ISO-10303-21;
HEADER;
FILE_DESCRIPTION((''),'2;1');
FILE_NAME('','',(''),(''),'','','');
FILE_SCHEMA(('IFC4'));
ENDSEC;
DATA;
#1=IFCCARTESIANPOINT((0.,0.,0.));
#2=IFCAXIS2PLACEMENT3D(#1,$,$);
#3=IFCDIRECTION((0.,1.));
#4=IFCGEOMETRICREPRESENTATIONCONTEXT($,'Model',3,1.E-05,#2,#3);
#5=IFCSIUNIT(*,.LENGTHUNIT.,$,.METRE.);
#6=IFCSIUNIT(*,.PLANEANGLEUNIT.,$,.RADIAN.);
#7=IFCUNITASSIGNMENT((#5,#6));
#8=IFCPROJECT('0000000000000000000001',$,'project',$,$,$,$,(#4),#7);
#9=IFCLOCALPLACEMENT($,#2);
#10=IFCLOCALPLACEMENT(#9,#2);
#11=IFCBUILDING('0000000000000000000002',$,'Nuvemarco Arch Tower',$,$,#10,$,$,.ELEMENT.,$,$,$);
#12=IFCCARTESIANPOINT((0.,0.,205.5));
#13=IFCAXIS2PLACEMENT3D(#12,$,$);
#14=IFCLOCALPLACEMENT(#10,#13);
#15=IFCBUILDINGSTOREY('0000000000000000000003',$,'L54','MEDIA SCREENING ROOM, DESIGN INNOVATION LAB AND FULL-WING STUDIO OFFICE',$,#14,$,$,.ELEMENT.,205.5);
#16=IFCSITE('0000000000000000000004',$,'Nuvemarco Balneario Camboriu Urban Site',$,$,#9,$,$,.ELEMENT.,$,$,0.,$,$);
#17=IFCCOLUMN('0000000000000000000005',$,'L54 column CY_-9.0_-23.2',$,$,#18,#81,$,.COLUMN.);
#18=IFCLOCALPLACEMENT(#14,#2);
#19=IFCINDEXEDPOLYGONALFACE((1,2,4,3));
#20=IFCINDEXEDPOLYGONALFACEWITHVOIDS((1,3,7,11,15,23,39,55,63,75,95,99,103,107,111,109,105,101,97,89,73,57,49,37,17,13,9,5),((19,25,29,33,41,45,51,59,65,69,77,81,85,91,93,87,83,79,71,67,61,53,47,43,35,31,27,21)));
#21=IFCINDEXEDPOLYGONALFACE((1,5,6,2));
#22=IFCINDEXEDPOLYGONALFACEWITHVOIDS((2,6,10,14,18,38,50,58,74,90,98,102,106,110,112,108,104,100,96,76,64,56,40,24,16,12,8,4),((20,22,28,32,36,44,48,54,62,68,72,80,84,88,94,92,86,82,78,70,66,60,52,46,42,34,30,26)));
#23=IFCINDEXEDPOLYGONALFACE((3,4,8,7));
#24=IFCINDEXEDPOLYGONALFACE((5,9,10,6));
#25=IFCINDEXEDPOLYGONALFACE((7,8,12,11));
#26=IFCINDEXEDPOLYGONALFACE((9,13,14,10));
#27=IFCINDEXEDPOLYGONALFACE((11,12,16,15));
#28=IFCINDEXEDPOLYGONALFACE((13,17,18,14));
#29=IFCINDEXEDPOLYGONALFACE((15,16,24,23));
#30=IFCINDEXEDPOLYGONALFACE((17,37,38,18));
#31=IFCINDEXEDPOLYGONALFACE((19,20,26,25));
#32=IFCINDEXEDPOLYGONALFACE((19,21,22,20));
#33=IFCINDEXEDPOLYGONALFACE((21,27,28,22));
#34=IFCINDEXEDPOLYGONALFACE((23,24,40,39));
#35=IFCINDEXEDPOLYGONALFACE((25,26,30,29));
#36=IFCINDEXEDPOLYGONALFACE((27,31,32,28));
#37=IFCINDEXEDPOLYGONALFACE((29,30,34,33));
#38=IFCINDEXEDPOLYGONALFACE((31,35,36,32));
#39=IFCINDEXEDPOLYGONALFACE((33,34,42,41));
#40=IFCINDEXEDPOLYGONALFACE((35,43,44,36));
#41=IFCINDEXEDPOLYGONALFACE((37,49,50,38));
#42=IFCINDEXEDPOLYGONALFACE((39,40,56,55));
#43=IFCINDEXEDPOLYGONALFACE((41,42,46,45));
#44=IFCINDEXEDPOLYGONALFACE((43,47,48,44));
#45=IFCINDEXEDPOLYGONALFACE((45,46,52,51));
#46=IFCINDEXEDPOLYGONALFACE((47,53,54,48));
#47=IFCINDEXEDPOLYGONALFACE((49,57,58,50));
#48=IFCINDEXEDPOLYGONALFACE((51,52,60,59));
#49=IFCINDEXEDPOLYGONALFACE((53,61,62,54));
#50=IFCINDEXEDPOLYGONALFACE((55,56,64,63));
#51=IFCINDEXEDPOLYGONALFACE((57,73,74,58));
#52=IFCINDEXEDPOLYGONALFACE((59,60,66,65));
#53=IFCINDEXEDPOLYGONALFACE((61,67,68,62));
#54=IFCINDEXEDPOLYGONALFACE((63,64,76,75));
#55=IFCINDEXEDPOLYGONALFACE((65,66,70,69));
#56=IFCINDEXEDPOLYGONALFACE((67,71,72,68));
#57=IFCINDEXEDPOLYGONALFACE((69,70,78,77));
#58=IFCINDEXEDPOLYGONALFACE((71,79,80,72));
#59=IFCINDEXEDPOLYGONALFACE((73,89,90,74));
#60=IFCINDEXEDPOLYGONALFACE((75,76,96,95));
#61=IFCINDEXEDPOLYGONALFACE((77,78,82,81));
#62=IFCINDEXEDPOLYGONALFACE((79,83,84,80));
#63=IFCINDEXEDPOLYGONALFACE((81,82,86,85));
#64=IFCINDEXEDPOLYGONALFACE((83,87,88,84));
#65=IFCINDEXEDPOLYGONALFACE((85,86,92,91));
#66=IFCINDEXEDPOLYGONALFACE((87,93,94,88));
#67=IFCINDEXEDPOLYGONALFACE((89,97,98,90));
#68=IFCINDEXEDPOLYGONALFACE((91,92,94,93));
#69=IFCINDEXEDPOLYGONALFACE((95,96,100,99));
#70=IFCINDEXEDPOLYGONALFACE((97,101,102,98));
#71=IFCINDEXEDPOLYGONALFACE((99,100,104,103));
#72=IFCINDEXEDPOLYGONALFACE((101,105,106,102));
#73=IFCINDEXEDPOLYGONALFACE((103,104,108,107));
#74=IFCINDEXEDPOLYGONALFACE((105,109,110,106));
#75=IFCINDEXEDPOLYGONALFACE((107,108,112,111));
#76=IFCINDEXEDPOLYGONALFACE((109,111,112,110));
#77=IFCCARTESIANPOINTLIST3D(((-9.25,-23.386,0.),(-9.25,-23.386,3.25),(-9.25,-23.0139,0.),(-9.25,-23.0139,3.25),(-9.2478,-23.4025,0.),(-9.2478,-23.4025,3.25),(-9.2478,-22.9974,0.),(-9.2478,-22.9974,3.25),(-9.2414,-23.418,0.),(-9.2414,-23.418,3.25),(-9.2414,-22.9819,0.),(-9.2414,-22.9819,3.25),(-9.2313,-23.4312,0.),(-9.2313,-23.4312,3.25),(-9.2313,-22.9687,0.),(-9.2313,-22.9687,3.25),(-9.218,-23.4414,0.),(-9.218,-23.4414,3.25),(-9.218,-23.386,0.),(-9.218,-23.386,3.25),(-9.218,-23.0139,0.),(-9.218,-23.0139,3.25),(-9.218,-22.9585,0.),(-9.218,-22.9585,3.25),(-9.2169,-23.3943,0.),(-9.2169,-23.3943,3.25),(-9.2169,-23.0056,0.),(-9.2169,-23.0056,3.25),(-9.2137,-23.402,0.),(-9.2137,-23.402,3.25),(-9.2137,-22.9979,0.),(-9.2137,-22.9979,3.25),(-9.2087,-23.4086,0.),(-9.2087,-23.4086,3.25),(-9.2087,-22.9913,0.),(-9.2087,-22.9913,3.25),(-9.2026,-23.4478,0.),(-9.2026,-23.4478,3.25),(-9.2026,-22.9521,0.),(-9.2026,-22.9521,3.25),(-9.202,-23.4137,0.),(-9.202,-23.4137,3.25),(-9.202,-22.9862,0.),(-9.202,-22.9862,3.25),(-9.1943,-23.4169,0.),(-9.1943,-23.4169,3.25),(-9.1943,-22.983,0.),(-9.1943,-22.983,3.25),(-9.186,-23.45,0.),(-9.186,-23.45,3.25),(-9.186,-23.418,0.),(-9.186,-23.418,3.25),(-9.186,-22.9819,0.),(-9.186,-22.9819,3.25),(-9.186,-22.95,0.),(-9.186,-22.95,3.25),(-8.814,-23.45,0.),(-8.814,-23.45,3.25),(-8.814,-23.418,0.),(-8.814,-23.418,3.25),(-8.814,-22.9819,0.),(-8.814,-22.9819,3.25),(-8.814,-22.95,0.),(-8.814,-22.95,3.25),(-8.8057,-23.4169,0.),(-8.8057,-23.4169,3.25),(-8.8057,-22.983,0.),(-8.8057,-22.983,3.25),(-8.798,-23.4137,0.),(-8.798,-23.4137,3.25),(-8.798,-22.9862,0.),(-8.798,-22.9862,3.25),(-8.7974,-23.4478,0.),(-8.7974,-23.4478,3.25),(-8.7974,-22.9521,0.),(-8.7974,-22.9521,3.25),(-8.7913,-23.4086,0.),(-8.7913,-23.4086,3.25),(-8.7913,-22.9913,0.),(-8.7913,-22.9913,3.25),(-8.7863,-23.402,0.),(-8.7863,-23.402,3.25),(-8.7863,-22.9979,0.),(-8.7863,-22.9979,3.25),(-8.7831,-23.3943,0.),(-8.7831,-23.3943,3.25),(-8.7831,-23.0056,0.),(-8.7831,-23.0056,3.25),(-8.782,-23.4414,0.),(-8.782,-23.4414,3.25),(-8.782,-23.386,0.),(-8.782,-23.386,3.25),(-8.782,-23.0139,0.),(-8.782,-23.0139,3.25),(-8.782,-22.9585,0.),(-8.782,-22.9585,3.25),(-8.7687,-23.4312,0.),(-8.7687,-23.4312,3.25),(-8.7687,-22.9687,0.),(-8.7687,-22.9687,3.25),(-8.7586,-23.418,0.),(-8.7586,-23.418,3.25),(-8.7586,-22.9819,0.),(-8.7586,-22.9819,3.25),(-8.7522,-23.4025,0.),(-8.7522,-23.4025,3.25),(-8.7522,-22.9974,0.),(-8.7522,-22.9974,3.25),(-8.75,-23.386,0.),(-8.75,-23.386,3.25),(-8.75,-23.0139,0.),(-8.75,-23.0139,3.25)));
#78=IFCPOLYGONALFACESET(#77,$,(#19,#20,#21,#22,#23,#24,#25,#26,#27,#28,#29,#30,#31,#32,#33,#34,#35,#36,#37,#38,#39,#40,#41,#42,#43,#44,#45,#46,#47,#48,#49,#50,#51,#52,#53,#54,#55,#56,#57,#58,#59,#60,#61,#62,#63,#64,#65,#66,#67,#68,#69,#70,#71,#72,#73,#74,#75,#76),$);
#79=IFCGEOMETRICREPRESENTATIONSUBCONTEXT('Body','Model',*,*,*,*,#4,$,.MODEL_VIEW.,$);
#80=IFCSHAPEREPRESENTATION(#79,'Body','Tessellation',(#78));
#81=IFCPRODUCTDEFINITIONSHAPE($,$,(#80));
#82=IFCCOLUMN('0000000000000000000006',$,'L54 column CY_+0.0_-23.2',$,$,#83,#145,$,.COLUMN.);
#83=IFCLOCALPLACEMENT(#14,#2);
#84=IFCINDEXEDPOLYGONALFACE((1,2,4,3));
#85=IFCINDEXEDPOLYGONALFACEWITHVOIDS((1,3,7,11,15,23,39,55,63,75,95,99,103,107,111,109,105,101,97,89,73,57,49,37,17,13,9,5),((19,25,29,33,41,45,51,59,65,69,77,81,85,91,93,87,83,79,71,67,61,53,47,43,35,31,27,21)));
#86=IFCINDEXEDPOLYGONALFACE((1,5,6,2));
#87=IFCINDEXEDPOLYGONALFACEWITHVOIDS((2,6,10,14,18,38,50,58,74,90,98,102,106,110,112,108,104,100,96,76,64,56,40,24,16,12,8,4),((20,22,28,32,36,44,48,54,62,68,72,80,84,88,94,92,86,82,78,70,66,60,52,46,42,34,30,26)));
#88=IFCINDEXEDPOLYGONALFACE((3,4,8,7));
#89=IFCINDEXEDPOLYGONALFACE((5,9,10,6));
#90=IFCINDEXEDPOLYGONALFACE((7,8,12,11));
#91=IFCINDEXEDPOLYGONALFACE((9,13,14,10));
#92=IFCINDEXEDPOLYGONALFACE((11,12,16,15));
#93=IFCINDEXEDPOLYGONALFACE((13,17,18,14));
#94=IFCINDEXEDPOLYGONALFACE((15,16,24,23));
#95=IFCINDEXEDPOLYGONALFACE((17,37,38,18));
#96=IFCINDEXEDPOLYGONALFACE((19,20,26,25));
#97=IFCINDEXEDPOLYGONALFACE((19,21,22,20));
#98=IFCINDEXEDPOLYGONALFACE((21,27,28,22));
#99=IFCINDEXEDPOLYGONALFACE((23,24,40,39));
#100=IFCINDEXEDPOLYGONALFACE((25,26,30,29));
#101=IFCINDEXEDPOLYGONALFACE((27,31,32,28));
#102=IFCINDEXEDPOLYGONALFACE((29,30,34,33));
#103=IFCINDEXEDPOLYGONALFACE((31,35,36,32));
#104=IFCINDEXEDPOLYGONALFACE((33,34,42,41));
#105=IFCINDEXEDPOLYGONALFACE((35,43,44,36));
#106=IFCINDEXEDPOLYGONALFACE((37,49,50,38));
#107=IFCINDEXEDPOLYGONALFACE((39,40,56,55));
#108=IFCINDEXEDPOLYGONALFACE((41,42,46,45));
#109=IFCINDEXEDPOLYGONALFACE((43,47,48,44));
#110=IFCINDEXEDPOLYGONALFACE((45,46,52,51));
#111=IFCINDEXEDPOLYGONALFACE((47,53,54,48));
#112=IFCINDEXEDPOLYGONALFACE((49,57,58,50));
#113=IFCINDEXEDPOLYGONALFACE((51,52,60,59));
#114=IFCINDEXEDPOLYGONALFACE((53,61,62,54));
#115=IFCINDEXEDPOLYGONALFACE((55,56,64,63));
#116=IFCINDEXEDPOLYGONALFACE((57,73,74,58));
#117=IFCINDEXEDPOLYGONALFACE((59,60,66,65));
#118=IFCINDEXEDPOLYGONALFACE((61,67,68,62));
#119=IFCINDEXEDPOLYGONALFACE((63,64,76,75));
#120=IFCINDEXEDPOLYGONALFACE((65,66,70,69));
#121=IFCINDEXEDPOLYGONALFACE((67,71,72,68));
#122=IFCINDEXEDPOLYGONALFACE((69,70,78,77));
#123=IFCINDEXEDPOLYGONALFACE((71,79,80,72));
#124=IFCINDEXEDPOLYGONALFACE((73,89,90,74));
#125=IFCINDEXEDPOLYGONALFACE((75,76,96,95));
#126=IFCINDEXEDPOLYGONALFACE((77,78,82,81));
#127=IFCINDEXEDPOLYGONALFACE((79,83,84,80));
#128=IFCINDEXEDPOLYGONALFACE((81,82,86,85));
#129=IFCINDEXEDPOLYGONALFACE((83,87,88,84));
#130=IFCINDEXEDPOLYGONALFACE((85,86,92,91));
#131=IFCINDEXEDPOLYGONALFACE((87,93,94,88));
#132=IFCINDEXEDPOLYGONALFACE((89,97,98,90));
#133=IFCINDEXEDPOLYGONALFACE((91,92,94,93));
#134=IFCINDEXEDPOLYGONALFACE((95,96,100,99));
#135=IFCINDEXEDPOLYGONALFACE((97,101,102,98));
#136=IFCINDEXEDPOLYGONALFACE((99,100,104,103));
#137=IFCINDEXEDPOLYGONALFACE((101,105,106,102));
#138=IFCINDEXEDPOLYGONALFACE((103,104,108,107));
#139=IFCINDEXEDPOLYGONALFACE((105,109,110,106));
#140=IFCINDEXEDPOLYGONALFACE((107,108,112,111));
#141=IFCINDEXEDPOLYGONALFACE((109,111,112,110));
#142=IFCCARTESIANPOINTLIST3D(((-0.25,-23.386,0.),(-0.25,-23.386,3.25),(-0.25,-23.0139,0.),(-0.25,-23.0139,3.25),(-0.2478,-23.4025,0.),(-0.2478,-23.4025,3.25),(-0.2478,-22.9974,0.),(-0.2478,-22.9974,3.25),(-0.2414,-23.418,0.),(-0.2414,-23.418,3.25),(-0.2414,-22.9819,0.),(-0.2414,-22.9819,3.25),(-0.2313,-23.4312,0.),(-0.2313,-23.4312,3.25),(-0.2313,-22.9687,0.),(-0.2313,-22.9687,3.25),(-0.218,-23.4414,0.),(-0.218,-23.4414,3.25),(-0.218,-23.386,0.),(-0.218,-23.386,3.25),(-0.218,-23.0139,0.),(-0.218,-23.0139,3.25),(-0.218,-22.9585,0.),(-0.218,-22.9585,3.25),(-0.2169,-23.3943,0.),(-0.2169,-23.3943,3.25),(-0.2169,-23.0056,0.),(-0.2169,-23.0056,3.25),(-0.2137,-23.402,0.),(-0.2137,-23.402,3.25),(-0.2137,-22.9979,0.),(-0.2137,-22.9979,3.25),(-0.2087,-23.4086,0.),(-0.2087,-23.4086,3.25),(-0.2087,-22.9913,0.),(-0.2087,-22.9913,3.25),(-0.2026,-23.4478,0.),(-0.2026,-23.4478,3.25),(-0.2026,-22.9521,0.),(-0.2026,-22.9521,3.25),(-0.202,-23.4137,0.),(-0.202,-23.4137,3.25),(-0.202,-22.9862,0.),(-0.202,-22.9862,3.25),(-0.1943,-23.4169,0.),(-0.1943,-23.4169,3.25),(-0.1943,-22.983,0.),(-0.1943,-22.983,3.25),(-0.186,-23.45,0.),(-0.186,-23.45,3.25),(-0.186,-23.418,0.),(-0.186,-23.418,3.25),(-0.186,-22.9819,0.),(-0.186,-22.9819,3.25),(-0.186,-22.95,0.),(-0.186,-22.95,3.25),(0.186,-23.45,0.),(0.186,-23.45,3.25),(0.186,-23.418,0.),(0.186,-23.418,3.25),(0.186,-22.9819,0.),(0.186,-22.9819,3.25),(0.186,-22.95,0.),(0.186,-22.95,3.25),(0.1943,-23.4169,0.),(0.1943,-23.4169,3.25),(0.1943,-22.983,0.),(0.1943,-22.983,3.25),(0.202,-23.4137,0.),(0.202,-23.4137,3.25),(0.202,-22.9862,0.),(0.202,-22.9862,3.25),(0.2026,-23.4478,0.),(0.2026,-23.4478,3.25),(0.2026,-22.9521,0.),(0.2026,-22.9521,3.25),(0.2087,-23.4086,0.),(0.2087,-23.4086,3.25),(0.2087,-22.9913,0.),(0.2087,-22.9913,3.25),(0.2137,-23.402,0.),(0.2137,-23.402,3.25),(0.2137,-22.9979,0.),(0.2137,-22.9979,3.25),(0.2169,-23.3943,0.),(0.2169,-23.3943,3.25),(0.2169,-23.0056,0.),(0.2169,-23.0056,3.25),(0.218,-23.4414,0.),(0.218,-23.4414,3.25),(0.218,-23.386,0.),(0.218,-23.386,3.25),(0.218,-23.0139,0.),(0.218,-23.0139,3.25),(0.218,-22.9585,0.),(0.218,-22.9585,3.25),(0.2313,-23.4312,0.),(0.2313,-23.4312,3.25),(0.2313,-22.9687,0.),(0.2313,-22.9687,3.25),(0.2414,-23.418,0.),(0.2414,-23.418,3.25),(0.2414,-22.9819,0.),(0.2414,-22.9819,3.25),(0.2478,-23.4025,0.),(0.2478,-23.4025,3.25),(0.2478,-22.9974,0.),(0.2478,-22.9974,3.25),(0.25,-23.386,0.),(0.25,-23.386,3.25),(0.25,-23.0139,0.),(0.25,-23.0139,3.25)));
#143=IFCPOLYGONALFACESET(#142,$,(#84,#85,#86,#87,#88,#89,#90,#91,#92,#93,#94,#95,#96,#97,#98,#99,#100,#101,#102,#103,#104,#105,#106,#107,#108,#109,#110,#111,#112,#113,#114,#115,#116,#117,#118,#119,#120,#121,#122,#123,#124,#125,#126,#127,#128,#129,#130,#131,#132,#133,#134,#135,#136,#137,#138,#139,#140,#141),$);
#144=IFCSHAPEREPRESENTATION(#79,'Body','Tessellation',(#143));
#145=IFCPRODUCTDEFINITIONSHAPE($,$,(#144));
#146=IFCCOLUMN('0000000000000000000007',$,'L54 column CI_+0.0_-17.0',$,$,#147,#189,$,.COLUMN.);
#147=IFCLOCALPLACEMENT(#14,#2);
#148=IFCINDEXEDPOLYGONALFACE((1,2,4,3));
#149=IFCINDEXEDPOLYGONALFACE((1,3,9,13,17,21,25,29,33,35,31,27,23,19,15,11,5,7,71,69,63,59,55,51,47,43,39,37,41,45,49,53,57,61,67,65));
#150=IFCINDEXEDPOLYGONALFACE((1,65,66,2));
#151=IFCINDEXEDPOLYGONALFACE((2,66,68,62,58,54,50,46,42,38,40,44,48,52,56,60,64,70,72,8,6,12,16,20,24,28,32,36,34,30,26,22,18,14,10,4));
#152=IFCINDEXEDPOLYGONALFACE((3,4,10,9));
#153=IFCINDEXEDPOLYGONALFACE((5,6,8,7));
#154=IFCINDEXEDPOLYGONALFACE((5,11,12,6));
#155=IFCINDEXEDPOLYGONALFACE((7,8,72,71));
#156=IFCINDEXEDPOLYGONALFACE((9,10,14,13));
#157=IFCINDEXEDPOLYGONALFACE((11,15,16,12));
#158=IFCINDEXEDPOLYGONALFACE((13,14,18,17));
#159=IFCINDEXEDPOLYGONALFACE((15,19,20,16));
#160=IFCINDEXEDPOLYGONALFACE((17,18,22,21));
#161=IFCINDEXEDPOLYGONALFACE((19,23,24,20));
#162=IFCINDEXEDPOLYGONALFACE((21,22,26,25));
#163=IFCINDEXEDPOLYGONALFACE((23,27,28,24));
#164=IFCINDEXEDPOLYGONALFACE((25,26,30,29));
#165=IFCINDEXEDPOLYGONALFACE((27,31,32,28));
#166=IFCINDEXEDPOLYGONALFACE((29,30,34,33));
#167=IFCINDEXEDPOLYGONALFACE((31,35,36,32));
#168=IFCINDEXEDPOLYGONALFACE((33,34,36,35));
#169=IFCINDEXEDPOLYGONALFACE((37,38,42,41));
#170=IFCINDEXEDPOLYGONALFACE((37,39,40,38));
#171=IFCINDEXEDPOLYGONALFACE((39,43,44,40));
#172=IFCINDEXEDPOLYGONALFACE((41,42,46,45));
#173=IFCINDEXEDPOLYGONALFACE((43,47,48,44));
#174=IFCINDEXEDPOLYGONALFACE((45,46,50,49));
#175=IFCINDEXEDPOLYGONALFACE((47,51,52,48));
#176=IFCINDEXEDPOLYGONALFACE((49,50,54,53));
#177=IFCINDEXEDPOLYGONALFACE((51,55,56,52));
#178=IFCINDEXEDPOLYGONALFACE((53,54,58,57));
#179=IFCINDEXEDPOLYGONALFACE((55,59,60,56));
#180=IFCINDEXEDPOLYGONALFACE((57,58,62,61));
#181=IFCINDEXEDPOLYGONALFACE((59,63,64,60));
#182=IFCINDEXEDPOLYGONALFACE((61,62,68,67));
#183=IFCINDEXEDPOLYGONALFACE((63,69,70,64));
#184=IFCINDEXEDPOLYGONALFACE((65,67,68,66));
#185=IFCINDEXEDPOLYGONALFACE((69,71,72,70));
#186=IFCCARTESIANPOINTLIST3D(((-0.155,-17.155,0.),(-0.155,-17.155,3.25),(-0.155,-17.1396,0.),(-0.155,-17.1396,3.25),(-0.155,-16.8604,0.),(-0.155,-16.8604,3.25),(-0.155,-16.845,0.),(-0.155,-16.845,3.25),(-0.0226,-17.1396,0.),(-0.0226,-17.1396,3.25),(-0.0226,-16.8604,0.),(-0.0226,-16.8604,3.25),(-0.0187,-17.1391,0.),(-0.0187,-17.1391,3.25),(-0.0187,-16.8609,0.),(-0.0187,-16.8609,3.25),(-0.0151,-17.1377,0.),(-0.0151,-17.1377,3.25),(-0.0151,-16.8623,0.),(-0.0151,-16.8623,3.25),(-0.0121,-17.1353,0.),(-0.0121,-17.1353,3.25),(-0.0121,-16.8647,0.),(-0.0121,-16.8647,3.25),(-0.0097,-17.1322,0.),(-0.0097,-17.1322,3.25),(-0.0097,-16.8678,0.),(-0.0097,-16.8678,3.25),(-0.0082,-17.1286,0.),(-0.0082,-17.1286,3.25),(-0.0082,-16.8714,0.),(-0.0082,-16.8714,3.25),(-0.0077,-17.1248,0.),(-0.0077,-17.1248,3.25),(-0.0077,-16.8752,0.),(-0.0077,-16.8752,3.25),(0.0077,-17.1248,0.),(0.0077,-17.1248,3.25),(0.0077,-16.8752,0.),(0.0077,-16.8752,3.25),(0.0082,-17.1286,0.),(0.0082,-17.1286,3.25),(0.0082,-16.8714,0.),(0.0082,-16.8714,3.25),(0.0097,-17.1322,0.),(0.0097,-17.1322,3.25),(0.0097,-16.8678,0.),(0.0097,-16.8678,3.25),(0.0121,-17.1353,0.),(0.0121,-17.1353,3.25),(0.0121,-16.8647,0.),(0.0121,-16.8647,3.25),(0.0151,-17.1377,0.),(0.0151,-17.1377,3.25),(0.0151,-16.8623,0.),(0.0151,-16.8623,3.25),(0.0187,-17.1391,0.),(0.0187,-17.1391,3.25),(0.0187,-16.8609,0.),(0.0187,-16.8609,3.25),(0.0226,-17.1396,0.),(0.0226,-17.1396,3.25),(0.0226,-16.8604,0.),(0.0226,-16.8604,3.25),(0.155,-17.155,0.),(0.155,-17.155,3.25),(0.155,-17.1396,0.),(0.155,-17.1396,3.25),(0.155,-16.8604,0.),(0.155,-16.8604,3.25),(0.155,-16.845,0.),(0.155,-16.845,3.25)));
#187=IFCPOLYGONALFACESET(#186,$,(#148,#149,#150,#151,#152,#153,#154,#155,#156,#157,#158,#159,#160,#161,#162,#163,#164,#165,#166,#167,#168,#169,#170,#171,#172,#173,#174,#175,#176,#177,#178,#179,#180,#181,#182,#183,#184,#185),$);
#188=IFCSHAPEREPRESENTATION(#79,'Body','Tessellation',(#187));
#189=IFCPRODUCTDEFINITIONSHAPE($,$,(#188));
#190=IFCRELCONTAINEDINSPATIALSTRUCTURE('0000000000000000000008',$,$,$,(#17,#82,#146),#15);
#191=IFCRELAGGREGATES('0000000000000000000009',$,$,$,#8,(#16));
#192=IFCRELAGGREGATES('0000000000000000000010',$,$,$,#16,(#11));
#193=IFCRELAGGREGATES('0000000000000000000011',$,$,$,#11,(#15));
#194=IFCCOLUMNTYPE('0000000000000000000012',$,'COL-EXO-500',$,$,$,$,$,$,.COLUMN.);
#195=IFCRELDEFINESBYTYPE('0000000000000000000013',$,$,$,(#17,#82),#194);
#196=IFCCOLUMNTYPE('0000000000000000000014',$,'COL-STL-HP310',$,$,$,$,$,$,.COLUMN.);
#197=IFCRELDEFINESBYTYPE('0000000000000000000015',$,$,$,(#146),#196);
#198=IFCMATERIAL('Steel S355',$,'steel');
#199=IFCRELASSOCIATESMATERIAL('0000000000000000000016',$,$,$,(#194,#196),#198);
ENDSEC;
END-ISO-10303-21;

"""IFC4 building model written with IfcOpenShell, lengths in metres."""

from ifc_helpers import new_model, si_unit, direction, frame, origin, origin_2d, place, context, subcontext, project, spatial, hollow_rectangle, i_section, extrude, material, material_profile, profile_set, type_object, element, save


model = new_model("IFC4")

# Units and contexts
model_context = context("Model", 3, precision=1e-05, world=origin(), true_north=direction((0.0, 1.0)))
body_context = subcontext(model_context, "Body", "Model", "MODEL_VIEW")
ifc_project = project(units=[si_unit("LENGTHUNIT", "METRE"), si_unit("PLANEANGLEUNIT", "RADIAN")], contexts=[model_context])

# Site, building, storey
site_placement = place(None, origin())
site = spatial("IfcSite", under=ifc_project, at=site_placement, Name="Nuvemarco Balneario Camboriu Urban Site", CompositionType="ELEMENT", RefElevation=0.0)
building_placement = place(site_placement, origin())
building = spatial("IfcBuilding", under=site, at=building_placement, Name="Nuvemarco Arch Tower", CompositionType="ELEMENT")
storey_placement = place(building_placement, frame((0.0, 0.0, 205.5)))
storey = spatial("IfcBuildingStorey", under=building, at=storey_placement, Name="L54", Description="MEDIA SCREENING ROOM, DESIGN INNOVATION LAB AND FULL-WING STUDIO OFFICE", CompositionType="ELEMENT", Elevation=205.5)

# Columns
ifc_material_1 = material(Name="Steel S355", Category="steel")
ifc_material_profile_1 = material_profile(ifc_material_1, hollow_rectangle(XDim=0.5, YDim=0.5, WallThickness=0.032, InnerFilletRadius=0.032, OuterFilletRadius=0.064, at=origin_2d()), Name="SHS500x500x32")
ifc_profile_set_1 = profile_set([ifc_material_profile_1], Name="Steel S355")
column_type_1 = type_object("IfcColumnType", Name="COL-EXO-500", PredefinedType="COLUMN", material=ifc_profile_set_1)
for number, where, z_axis, x_axis, name in (
    (1, (-9.0, -23.2, 0.0), (0.0, 0.0, 1.0), (1.0, 0.0, 0.0), "L54 column CY_-9.0_-23.2"),
    (2, (0.0, -23.2, 0.0), (0.0, 0.0, 1.0), (1.0, 0.0, 0.0), "L54 column CY_+0.0_-23.2"),
):
    element("IfcColumn", number, at=place(storey_placement, frame(where, z_axis=z_axis, x_axis=x_axis)), inside=storey, type_object=column_type_1, Name=name, PredefinedType="COLUMN", context=body_context, shape_type="SweptSolid", body=[
        extrude(hollow_rectangle(XDim=0.5, YDim=0.5, WallThickness=0.032, InnerFilletRadius=0.032, OuterFilletRadius=0.064, at=origin_2d()), origin(), (0.0, 0.0, 1.0), 3.25),
    ])
ifc_material_profile_2 = material_profile(ifc_material_1, i_section(OverallWidth=0.3101, OverallDepth=0.3101, WebThickness=0.0154, FlangeThickness=0.0154, FilletRadius=0.0149, at=origin_2d()), Name="HP310x110")
ifc_profile_set_2 = profile_set([ifc_material_profile_2], Name="Steel S355")
column_type_2 = type_object("IfcColumnType", Name="COL-STL-HP310", PredefinedType="COLUMN", material=ifc_profile_set_2)
for number, where, z_axis, x_axis, name in (
    (3, (0.0, -17.0, 0.0), (0.0, 0.0, 1.0), (1.0, 0.0, 0.0), "L54 column CI_+0.0_-17.0"),
):
    element("IfcColumn", number, at=place(storey_placement, frame(where, z_axis=z_axis, x_axis=x_axis)), inside=storey, type_object=column_type_2, Name=name, PredefinedType="COLUMN", context=body_context, shape_type="SweptSolid", body=[
        extrude(i_section(OverallWidth=0.3101, OverallDepth=0.3101, WebThickness=0.0154, FlangeThickness=0.0154, FilletRadius=0.0149, at=origin_2d()), origin(), (0.0, 0.0, 1.0), 3.25),
    ])

save(model, "model.ifc")
